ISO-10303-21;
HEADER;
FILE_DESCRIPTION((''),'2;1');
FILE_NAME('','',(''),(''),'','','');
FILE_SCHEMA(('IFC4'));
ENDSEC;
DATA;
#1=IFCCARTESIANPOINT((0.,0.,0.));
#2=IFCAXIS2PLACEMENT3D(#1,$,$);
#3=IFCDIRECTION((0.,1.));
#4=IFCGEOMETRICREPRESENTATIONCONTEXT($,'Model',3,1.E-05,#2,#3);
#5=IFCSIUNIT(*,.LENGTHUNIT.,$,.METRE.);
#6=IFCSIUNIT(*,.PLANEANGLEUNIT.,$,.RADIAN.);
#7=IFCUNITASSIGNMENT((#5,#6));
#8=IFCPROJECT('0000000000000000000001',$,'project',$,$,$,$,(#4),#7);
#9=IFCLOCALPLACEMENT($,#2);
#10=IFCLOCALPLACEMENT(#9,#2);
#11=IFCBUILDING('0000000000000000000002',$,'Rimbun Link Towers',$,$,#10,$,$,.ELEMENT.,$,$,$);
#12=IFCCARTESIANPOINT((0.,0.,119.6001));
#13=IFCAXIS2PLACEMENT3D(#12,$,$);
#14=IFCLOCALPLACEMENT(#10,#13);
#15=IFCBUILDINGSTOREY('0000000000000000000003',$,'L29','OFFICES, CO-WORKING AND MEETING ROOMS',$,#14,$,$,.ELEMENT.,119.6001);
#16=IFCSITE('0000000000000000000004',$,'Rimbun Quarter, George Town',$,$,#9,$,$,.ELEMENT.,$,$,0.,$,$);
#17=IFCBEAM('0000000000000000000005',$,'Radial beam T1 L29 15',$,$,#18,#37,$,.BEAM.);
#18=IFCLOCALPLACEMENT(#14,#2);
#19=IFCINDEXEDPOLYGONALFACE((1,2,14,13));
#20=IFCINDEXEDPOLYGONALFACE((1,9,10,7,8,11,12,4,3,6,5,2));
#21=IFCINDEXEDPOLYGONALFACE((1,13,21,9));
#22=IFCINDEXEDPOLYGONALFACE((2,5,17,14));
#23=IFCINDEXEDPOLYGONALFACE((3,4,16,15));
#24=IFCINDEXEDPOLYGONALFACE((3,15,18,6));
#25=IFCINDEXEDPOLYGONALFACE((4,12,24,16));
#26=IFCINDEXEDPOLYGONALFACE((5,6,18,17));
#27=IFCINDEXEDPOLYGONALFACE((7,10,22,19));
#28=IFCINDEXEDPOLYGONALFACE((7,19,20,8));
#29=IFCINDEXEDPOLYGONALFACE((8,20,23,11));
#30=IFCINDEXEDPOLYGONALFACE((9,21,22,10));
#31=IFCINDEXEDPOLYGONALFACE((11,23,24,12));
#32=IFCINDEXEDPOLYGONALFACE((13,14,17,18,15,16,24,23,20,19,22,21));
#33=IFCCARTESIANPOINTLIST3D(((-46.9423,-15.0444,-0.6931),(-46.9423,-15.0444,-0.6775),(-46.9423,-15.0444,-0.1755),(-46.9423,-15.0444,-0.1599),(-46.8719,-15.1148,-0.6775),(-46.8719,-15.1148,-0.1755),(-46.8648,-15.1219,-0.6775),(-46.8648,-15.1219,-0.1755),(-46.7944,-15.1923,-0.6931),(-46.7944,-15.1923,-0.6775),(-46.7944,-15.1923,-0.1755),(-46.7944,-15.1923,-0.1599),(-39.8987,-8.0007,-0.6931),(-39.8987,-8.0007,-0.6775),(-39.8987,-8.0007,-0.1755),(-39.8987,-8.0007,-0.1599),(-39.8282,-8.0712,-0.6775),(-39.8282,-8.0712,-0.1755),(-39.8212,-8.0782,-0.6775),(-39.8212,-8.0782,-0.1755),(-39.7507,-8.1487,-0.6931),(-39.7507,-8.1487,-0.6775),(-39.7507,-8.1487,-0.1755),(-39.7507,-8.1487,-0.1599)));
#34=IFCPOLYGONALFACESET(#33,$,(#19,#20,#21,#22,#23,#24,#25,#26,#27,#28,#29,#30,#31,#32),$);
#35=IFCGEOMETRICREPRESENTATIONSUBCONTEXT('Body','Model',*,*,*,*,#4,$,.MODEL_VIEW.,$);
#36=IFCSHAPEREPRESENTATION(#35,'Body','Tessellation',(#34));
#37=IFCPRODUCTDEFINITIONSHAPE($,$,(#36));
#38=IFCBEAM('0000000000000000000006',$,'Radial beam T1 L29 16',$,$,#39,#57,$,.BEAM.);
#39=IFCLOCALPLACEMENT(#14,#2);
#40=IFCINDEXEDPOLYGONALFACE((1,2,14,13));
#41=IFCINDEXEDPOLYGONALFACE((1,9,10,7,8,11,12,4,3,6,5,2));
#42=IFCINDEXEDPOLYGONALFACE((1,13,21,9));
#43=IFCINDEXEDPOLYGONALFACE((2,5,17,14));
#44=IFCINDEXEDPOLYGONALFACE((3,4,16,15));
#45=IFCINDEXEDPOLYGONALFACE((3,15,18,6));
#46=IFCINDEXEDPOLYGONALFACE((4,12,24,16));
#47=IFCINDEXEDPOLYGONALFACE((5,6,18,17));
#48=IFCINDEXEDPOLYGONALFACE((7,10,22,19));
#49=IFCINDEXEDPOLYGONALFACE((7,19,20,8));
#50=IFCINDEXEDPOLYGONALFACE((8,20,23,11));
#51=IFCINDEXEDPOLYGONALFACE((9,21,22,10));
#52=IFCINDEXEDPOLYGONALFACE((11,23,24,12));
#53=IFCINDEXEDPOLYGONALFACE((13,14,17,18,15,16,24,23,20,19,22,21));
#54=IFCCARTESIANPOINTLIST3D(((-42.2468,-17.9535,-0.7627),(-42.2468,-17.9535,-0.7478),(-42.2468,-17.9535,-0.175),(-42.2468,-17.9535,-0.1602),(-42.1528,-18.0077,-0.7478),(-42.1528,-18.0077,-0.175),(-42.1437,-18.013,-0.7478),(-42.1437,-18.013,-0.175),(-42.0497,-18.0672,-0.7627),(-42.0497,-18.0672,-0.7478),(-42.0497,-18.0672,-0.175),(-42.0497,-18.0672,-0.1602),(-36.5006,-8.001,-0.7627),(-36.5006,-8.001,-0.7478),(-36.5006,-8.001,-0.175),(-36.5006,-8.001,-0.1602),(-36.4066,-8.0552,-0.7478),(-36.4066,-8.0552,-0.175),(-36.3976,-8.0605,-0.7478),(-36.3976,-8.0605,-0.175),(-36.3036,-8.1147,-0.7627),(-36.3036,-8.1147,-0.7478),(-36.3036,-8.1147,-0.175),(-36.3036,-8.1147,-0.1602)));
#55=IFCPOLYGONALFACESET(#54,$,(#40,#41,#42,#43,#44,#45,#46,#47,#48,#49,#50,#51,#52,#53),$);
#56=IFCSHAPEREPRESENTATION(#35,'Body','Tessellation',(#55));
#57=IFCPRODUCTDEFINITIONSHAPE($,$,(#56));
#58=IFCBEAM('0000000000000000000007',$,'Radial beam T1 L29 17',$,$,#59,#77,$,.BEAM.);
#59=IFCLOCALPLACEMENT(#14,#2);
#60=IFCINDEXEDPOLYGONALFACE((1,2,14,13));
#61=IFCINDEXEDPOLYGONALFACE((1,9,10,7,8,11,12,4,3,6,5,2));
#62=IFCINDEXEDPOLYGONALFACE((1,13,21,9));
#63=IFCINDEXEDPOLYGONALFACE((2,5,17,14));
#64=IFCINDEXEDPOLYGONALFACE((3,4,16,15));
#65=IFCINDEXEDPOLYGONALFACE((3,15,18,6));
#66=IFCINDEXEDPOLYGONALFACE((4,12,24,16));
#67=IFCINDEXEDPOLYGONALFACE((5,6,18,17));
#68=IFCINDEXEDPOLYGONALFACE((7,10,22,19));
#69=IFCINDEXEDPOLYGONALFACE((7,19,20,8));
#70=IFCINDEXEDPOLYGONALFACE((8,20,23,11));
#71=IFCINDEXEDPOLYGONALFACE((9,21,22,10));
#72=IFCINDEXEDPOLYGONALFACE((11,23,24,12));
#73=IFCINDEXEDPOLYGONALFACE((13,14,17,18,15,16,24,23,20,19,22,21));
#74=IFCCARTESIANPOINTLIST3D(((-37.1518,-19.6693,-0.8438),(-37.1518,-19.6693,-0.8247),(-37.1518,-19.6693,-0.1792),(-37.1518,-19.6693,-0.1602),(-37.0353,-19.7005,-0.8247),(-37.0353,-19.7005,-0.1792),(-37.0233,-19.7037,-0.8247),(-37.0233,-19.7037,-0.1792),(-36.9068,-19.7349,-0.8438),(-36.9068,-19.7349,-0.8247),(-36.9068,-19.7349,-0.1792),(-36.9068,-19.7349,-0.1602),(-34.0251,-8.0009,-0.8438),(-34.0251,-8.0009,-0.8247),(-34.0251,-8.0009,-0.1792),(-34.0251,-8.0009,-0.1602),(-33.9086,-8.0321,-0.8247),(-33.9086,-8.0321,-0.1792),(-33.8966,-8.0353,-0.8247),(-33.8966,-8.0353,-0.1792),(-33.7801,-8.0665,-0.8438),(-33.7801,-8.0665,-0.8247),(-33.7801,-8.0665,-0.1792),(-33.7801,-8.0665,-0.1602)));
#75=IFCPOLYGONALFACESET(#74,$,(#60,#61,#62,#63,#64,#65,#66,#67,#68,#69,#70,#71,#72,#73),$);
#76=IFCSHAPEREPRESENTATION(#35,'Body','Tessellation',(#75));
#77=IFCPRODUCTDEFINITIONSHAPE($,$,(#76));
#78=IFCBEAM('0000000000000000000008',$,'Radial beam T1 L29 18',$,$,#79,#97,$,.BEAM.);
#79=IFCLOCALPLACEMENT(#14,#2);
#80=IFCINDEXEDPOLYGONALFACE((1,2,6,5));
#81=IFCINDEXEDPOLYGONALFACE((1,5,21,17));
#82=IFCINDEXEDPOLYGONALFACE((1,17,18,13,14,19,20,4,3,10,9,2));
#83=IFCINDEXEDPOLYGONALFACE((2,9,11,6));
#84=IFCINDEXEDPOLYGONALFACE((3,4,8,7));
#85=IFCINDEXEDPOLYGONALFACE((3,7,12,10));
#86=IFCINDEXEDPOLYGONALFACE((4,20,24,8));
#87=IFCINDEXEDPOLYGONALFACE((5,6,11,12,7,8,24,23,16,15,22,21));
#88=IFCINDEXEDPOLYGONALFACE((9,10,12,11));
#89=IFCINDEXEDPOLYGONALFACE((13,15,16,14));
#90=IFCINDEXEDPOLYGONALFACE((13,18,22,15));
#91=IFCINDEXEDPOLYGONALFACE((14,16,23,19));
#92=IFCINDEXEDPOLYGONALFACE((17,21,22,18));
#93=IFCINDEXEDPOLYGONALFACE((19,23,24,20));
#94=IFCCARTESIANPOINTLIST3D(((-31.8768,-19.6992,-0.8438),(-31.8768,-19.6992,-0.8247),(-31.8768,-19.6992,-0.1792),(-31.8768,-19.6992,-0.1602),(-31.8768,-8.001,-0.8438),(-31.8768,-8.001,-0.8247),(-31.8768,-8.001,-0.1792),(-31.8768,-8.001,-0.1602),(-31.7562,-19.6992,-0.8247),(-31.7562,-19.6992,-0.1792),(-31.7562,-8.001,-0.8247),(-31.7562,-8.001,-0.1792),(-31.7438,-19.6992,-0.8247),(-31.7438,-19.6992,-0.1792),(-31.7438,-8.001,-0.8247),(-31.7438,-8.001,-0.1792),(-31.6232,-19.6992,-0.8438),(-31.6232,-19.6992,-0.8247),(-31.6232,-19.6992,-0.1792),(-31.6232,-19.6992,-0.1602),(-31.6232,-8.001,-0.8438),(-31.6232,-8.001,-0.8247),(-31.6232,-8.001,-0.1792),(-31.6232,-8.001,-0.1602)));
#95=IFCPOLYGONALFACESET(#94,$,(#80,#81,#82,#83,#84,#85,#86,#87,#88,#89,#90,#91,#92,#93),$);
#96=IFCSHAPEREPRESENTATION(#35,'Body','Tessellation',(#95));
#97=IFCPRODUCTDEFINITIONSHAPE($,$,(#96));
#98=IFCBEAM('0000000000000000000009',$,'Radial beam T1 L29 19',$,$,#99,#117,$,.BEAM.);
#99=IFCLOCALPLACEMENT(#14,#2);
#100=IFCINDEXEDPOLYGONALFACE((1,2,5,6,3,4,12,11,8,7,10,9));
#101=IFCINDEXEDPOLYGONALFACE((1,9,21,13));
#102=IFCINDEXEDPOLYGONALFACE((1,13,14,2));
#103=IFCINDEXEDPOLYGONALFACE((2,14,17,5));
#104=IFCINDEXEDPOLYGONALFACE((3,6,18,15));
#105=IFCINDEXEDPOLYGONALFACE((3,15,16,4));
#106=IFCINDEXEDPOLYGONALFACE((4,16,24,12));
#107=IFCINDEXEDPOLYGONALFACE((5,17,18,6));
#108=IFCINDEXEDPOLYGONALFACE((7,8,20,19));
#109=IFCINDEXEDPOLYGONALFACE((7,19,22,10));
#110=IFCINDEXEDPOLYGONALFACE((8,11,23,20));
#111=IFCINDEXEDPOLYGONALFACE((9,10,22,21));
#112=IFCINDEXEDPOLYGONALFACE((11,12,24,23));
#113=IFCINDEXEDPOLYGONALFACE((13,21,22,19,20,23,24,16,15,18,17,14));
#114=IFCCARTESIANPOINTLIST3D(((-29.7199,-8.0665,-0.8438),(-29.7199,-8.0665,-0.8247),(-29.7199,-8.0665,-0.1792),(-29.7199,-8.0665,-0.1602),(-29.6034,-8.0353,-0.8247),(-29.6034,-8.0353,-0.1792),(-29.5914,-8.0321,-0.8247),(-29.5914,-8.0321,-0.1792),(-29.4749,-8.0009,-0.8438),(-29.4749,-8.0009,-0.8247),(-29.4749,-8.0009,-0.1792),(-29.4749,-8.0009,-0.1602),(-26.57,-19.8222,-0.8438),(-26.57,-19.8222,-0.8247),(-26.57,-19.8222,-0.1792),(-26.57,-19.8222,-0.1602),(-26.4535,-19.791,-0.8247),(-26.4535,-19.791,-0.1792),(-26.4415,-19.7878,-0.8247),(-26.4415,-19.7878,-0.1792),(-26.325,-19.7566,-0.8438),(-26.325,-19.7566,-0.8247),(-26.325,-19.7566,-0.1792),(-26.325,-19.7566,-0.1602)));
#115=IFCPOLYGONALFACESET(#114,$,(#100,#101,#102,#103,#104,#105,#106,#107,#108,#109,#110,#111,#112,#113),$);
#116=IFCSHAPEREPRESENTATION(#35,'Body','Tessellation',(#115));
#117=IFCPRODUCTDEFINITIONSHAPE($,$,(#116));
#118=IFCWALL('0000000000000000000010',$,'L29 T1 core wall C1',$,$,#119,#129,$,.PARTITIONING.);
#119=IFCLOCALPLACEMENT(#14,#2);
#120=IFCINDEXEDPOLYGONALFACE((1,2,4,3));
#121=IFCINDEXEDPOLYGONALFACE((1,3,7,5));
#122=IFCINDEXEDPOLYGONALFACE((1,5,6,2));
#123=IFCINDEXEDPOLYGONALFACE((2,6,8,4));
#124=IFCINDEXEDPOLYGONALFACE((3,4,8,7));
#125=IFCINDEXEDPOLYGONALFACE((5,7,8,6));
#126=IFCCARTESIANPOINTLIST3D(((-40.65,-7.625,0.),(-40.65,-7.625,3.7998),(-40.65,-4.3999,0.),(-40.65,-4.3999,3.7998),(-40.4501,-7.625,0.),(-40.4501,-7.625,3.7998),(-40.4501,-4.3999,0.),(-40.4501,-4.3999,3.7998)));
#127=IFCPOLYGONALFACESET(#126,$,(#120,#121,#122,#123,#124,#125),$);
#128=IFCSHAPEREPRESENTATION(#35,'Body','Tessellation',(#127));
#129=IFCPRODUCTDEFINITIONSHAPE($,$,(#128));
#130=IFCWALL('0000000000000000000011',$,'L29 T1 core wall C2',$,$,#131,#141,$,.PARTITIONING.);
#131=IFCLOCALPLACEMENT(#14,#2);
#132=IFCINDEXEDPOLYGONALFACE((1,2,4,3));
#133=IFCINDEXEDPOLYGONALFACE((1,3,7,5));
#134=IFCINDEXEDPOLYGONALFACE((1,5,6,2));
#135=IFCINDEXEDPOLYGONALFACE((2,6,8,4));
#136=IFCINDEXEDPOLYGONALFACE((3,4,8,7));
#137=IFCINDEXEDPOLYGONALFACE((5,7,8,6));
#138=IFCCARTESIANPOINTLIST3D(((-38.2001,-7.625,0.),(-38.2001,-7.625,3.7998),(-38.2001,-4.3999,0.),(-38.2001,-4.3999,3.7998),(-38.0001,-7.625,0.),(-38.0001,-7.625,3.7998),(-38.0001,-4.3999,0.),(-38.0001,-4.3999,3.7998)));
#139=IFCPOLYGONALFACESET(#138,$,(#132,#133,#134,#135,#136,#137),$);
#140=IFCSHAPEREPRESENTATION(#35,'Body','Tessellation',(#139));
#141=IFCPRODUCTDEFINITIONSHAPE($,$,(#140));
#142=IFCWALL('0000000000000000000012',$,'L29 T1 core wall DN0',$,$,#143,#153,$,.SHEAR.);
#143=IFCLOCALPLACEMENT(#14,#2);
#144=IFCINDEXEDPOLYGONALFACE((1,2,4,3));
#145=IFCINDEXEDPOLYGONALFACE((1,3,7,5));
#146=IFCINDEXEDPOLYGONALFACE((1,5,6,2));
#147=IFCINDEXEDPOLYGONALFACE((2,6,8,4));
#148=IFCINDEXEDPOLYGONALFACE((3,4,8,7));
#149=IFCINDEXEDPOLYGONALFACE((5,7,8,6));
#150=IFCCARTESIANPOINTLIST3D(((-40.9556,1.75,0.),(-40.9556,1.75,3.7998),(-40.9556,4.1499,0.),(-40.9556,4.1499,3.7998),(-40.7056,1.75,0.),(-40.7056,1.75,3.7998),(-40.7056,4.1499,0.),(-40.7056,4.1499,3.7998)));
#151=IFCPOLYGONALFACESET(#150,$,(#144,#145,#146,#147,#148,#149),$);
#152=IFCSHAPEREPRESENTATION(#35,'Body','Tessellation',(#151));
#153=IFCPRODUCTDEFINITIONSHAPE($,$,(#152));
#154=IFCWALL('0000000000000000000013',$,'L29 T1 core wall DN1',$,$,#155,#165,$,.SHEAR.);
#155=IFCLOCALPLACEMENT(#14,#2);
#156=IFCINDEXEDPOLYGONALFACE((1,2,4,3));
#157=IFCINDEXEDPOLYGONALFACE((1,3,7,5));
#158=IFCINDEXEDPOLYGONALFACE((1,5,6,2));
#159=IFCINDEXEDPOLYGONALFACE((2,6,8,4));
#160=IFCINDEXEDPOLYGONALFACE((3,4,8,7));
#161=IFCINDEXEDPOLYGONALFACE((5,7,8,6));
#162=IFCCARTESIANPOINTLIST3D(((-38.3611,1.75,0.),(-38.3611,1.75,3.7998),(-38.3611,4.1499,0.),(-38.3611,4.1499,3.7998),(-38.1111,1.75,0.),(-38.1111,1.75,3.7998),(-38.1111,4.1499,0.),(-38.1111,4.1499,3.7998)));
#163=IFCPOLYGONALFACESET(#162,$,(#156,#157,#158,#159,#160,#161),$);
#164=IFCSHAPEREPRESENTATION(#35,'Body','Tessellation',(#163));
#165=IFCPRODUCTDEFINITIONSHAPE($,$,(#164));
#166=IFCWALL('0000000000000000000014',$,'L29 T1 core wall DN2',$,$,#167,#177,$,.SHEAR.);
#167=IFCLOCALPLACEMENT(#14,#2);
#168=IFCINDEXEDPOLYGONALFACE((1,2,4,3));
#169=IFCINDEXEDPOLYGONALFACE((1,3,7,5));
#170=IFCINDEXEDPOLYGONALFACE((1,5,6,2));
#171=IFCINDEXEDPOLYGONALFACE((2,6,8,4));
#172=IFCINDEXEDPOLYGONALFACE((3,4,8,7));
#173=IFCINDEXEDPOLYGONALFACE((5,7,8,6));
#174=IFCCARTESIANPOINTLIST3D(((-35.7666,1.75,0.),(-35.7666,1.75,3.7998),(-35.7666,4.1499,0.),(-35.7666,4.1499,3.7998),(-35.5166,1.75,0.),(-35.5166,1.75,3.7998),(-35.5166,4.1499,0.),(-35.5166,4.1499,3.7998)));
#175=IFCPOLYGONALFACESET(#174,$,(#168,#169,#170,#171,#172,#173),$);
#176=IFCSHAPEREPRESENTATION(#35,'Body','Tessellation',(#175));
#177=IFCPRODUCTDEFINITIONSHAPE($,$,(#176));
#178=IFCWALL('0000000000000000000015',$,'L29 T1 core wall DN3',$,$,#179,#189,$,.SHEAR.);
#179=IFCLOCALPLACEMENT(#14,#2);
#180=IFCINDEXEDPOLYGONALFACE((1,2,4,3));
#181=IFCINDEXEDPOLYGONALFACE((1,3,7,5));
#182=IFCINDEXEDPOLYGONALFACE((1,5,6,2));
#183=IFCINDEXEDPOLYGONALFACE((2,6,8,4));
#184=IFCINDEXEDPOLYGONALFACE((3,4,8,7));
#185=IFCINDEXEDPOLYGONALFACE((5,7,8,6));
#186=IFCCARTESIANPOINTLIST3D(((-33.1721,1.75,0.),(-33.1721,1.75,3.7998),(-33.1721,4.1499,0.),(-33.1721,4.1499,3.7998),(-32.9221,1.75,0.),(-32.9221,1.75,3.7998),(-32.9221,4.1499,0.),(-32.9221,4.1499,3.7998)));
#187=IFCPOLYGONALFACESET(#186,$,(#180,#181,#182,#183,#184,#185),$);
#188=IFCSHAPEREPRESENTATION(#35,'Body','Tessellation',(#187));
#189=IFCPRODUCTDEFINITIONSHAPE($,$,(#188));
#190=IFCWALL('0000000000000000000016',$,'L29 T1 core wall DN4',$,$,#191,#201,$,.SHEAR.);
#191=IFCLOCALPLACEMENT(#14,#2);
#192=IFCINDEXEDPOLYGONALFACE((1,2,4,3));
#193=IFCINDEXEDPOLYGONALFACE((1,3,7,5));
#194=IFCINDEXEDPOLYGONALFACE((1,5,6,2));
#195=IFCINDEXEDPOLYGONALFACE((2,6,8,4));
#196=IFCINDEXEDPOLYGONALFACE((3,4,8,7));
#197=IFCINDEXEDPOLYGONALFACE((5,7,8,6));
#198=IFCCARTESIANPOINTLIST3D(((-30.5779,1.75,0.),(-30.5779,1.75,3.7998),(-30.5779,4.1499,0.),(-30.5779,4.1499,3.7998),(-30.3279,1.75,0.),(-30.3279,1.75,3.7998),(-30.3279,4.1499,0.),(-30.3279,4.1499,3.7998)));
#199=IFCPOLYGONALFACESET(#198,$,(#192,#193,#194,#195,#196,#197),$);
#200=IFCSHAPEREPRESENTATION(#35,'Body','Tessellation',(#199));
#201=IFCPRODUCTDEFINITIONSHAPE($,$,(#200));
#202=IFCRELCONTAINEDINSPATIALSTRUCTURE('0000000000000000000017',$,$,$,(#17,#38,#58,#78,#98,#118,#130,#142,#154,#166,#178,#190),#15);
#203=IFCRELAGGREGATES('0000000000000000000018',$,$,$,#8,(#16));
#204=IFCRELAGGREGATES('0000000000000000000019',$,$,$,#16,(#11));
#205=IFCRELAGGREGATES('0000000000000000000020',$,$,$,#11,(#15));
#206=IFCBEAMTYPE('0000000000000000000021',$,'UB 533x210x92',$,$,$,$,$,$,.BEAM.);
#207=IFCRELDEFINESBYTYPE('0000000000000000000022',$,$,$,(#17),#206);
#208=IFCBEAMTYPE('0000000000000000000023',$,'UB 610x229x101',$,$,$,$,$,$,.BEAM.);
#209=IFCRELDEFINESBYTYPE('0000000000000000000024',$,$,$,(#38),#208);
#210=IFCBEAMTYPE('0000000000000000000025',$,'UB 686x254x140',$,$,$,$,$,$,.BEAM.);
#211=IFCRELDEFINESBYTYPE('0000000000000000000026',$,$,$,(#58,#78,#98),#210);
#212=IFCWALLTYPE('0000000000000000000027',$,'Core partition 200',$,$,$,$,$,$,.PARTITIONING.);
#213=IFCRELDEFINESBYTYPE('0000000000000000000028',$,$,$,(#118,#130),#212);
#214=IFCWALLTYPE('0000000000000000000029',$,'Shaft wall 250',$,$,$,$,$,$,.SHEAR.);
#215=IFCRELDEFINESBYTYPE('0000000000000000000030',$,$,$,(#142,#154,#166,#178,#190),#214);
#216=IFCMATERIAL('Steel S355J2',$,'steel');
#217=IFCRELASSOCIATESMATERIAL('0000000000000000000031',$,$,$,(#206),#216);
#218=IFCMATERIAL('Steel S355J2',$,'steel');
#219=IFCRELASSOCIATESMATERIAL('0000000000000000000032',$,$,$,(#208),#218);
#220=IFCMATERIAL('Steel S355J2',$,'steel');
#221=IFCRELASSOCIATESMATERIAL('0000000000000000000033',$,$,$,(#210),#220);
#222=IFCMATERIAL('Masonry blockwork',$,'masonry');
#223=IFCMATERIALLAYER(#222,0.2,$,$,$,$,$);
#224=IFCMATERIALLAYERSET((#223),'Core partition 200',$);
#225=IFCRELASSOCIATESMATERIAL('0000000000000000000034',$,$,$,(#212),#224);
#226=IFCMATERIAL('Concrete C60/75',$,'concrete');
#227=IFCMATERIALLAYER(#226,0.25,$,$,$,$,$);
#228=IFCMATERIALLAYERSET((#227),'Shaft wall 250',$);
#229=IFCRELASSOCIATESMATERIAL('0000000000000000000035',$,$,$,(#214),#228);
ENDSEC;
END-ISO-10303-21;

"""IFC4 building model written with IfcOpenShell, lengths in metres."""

from ifc_helpers import new_model, si_unit, direction, frame, frame_2d, origin, origin_2d, place, context, subcontext, project, spatial, rectangle, i_section, extrude, material, layer, layer_set, material_profile, profile_set, type_object, element, save


model = new_model("IFC4")

# Units and contexts
model_context = context("Model", 3, precision=1e-05, world=origin(), true_north=direction((0.0, 1.0)))
body_context = subcontext(model_context, "Body", "Model", "MODEL_VIEW")
ifc_project = project(units=[si_unit("LENGTHUNIT", "METRE"), si_unit("PLANEANGLEUNIT", "RADIAN")], contexts=[model_context])

# Site, building, storey
site_placement = place(None, origin())
site = spatial("IfcSite", under=ifc_project, at=site_placement, Name="Rimbun Quarter, George Town", CompositionType="ELEMENT", RefElevation=0.0)
building_placement = place(site_placement, origin())
building = spatial("IfcBuilding", under=site, at=building_placement, Name="Rimbun Link Towers", CompositionType="ELEMENT")
storey_placement = place(building_placement, frame((0.0, 0.0, 119.6001)))
storey = spatial("IfcBuildingStorey", under=building, at=storey_placement, Name="L29", Description="OFFICES, CO-WORKING AND MEETING ROOMS", CompositionType="ELEMENT", Elevation=119.6001)

# Beams
ifc_material_1 = material(Name="Steel S355J2", Category="steel")
ifc_material_profile_1 = material_profile(ifc_material_1, i_section(OverallWidth=0.2092, OverallDepth=0.5332, WebThickness=0.01, FlangeThickness=0.0156, at=origin_2d()), Name="UB 533x210x92")
ifc_profile_set_1 = profile_set([ifc_material_profile_1], Name="Steel S355J2")
beam_type_1 = type_object("IfcBeamType", Name="UB 533x210x92", PredefinedType="BEAM", material=ifc_profile_set_1)
beam_1_placement = place(storey_placement, frame((-39.8247, -8.0747, -0.4265), z_axis=(-0.707107, -0.707107, 0.0), x_axis=(0.707107, -0.707107, 0.0)))
element("IfcBeam", 1, at=beam_1_placement, inside=storey, type_object=beam_type_1, Name="Radial beam T1 L29 15", PredefinedType="BEAM", context=body_context, shape_type="SweptSolid", body=[
    extrude(i_section(OverallWidth=0.2092, OverallDepth=0.5332, WebThickness=0.01, FlangeThickness=0.0156, at=origin_2d()), origin(), (0.0, 0.0, 1.0), 9.9612),
])
ifc_material_2 = material(Name="Steel S355J2", Category="steel")
ifc_material_profile_2 = material_profile(ifc_material_2, i_section(OverallWidth=0.2275, OverallDepth=0.6025, WebThickness=0.0105, FlangeThickness=0.0149, at=origin_2d()), Name="UB 610x229x101")
ifc_profile_set_2 = profile_set([ifc_material_profile_2], Name="Steel S355J2")
beam_type_2 = type_object("IfcBeamType", Name="UB 610x229x101", PredefinedType="BEAM", material=ifc_profile_set_2)
beam_2_placement = place(storey_placement, frame((-36.4021, -8.0579, -0.4614), z_axis=(-0.500005, -0.866022, 0.0), x_axis=(0.866022, -0.500005, 0.0)))
element("IfcBeam", 2, at=beam_2_placement, inside=storey, type_object=beam_type_2, Name="Radial beam T1 L29 16", PredefinedType="BEAM", context=body_context, shape_type="SweptSolid", body=[
    extrude(i_section(OverallWidth=0.2275, OverallDepth=0.6025, WebThickness=0.0105, FlangeThickness=0.0149, at=origin_2d()), origin(), (0.0, 0.0, 1.0), 11.4922),
])
ifc_material_3 = material(Name="Steel S355J2", Category="steel")
ifc_material_profile_3 = material_profile(ifc_material_3, i_section(OverallWidth=0.2537, OverallDepth=0.6836, WebThickness=0.0125, FlangeThickness=0.019, at=origin_2d()), Name="UB 686x254x140")
ifc_profile_set_3 = profile_set([ifc_material_profile_3], Name="Steel S355J2")
beam_type_3 = type_object("IfcBeamType", Name="UB 686x254x140", PredefinedType="BEAM", material=ifc_profile_set_3)
beam_3_placement = place(storey_placement, frame((-33.9026, -8.0337, -0.502), z_axis=(-0.258831, -0.965923, 0.0), x_axis=(0.965923, -0.258831, 0.0)))
element("IfcBeam", 3, at=beam_3_placement, inside=storey, type_object=beam_type_3, Name="Radial beam T1 L29 17", PredefinedType="BEAM", context=body_context, shape_type="SweptSolid", body=[
    extrude(i_section(OverallWidth=0.2537, OverallDepth=0.6836, WebThickness=0.0125, FlangeThickness=0.019, at=origin_2d()), origin(), (0.0, 0.0, 1.0), 12.0801),
])
beam_4_placement = place(storey_placement, frame((-31.75, -8.001, -0.502), z_axis=(0.0, -1.0, 0.0), x_axis=(1.0, 0.0, 0.0)))
element("IfcBeam", 4, at=beam_4_placement, inside=storey, type_object=beam_type_3, Name="Radial beam T1 L29 18", PredefinedType="BEAM", context=body_context, shape_type="SweptSolid", body=[
    extrude(i_section(OverallWidth=0.2537, OverallDepth=0.6836, WebThickness=0.0125, FlangeThickness=0.019, at=origin_2d()), origin(), (0.0, 0.0, 1.0), 11.6982),
])
beam_5_placement = place(storey_placement, frame((-29.5974, -8.0337, -0.502), z_axis=(0.258819, -0.965926, 0.0), x_axis=(0.965926, 0.258819, 0.0)))
element("IfcBeam", 5, at=beam_5_placement, inside=storey, type_object=beam_type_3, Name="Radial beam T1 L29 19", PredefinedType="BEAM", context=body_context, shape_type="SweptSolid", body=[
    extrude(i_section(OverallWidth=0.2537, OverallDepth=0.6836, WebThickness=0.0125, FlangeThickness=0.019, at=origin_2d()), origin(), (0.0, 0.0, 1.0), 12.1704),
])

# Walls
ifc_material_4 = material(Name="Masonry blockwork", Category="masonry")
ifc_layer_1 = layer(ifc_material_4, 0.2)
ifc_layer_set_1 = layer_set([ifc_layer_1], Name="Core partition 200")
wall_type_1 = type_object("IfcWallType", Name="Core partition 200", PredefinedType="PARTITIONING", material=ifc_layer_set_1)
for number, where, z_axis, x_axis, name in (
    (6, (-40.55, -4.3999, 0.0), (0.0, 0.0, 1.0), (0.0, -1.0, 0.0), "L29 T1 core wall C1"),
    (7, (-38.1001, -4.3999, 0.0), (0.0, 0.0, 1.0), (0.0, -1.0, 0.0), "L29 T1 core wall C2"),
):
    element("IfcWall", number, at=place(storey_placement, frame(where, z_axis=z_axis, x_axis=x_axis)), inside=storey, type_object=wall_type_1, Name=name, PredefinedType="PARTITIONING", context=body_context, shape_type="SweptSolid", body=[
        extrude(rectangle(XDim=3.2251, YDim=0.2, at=frame_2d((1.6125, 0.0))), origin(), (0.0, 0.0, 1.0), 3.7998),
    ])
ifc_material_5 = material(Name="Concrete C60/75", Category="concrete")
ifc_layer_2 = layer(ifc_material_5, 0.25)
ifc_layer_set_2 = layer_set([ifc_layer_2], Name="Shaft wall 250")
wall_type_2 = type_object("IfcWallType", Name="Shaft wall 250", PredefinedType="SHEAR", material=ifc_layer_set_2)
for number, where, z_axis, x_axis, name in (
    (8, (-40.8306, 1.75, 0.0), (0.0, 0.0, 1.0), (0.0, 1.0, 0.0), "L29 T1 core wall DN0"),
    (9, (-38.2361, 1.75, 0.0), (0.0, 0.0, 1.0), (0.0, 1.0, 0.0), "L29 T1 core wall DN1"),
    (10, (-35.6416, 1.75, 0.0), (0.0, 0.0, 1.0), (0.0, 1.0, 0.0), "L29 T1 core wall DN2"),
    (11, (-33.0471, 1.75, 0.0), (0.0, 0.0, 1.0), (0.0, 1.0, 0.0), "L29 T1 core wall DN3"),
    (12, (-30.4529, 1.75, 0.0), (0.0, 0.0, 1.0), (0.0, 1.0, 0.0), "L29 T1 core wall DN4"),
):
    element("IfcWall", number, at=place(storey_placement, frame(where, z_axis=z_axis, x_axis=x_axis)), inside=storey, type_object=wall_type_2, Name=name, PredefinedType="SHEAR", context=body_context, shape_type="SweptSolid", body=[
        extrude(rectangle(XDim=2.3999, YDim=0.25, at=frame_2d((1.2, 0.0))), origin(), (0.0, 0.0, 1.0), 3.7998),
    ])

save(model, "model.ifc")
